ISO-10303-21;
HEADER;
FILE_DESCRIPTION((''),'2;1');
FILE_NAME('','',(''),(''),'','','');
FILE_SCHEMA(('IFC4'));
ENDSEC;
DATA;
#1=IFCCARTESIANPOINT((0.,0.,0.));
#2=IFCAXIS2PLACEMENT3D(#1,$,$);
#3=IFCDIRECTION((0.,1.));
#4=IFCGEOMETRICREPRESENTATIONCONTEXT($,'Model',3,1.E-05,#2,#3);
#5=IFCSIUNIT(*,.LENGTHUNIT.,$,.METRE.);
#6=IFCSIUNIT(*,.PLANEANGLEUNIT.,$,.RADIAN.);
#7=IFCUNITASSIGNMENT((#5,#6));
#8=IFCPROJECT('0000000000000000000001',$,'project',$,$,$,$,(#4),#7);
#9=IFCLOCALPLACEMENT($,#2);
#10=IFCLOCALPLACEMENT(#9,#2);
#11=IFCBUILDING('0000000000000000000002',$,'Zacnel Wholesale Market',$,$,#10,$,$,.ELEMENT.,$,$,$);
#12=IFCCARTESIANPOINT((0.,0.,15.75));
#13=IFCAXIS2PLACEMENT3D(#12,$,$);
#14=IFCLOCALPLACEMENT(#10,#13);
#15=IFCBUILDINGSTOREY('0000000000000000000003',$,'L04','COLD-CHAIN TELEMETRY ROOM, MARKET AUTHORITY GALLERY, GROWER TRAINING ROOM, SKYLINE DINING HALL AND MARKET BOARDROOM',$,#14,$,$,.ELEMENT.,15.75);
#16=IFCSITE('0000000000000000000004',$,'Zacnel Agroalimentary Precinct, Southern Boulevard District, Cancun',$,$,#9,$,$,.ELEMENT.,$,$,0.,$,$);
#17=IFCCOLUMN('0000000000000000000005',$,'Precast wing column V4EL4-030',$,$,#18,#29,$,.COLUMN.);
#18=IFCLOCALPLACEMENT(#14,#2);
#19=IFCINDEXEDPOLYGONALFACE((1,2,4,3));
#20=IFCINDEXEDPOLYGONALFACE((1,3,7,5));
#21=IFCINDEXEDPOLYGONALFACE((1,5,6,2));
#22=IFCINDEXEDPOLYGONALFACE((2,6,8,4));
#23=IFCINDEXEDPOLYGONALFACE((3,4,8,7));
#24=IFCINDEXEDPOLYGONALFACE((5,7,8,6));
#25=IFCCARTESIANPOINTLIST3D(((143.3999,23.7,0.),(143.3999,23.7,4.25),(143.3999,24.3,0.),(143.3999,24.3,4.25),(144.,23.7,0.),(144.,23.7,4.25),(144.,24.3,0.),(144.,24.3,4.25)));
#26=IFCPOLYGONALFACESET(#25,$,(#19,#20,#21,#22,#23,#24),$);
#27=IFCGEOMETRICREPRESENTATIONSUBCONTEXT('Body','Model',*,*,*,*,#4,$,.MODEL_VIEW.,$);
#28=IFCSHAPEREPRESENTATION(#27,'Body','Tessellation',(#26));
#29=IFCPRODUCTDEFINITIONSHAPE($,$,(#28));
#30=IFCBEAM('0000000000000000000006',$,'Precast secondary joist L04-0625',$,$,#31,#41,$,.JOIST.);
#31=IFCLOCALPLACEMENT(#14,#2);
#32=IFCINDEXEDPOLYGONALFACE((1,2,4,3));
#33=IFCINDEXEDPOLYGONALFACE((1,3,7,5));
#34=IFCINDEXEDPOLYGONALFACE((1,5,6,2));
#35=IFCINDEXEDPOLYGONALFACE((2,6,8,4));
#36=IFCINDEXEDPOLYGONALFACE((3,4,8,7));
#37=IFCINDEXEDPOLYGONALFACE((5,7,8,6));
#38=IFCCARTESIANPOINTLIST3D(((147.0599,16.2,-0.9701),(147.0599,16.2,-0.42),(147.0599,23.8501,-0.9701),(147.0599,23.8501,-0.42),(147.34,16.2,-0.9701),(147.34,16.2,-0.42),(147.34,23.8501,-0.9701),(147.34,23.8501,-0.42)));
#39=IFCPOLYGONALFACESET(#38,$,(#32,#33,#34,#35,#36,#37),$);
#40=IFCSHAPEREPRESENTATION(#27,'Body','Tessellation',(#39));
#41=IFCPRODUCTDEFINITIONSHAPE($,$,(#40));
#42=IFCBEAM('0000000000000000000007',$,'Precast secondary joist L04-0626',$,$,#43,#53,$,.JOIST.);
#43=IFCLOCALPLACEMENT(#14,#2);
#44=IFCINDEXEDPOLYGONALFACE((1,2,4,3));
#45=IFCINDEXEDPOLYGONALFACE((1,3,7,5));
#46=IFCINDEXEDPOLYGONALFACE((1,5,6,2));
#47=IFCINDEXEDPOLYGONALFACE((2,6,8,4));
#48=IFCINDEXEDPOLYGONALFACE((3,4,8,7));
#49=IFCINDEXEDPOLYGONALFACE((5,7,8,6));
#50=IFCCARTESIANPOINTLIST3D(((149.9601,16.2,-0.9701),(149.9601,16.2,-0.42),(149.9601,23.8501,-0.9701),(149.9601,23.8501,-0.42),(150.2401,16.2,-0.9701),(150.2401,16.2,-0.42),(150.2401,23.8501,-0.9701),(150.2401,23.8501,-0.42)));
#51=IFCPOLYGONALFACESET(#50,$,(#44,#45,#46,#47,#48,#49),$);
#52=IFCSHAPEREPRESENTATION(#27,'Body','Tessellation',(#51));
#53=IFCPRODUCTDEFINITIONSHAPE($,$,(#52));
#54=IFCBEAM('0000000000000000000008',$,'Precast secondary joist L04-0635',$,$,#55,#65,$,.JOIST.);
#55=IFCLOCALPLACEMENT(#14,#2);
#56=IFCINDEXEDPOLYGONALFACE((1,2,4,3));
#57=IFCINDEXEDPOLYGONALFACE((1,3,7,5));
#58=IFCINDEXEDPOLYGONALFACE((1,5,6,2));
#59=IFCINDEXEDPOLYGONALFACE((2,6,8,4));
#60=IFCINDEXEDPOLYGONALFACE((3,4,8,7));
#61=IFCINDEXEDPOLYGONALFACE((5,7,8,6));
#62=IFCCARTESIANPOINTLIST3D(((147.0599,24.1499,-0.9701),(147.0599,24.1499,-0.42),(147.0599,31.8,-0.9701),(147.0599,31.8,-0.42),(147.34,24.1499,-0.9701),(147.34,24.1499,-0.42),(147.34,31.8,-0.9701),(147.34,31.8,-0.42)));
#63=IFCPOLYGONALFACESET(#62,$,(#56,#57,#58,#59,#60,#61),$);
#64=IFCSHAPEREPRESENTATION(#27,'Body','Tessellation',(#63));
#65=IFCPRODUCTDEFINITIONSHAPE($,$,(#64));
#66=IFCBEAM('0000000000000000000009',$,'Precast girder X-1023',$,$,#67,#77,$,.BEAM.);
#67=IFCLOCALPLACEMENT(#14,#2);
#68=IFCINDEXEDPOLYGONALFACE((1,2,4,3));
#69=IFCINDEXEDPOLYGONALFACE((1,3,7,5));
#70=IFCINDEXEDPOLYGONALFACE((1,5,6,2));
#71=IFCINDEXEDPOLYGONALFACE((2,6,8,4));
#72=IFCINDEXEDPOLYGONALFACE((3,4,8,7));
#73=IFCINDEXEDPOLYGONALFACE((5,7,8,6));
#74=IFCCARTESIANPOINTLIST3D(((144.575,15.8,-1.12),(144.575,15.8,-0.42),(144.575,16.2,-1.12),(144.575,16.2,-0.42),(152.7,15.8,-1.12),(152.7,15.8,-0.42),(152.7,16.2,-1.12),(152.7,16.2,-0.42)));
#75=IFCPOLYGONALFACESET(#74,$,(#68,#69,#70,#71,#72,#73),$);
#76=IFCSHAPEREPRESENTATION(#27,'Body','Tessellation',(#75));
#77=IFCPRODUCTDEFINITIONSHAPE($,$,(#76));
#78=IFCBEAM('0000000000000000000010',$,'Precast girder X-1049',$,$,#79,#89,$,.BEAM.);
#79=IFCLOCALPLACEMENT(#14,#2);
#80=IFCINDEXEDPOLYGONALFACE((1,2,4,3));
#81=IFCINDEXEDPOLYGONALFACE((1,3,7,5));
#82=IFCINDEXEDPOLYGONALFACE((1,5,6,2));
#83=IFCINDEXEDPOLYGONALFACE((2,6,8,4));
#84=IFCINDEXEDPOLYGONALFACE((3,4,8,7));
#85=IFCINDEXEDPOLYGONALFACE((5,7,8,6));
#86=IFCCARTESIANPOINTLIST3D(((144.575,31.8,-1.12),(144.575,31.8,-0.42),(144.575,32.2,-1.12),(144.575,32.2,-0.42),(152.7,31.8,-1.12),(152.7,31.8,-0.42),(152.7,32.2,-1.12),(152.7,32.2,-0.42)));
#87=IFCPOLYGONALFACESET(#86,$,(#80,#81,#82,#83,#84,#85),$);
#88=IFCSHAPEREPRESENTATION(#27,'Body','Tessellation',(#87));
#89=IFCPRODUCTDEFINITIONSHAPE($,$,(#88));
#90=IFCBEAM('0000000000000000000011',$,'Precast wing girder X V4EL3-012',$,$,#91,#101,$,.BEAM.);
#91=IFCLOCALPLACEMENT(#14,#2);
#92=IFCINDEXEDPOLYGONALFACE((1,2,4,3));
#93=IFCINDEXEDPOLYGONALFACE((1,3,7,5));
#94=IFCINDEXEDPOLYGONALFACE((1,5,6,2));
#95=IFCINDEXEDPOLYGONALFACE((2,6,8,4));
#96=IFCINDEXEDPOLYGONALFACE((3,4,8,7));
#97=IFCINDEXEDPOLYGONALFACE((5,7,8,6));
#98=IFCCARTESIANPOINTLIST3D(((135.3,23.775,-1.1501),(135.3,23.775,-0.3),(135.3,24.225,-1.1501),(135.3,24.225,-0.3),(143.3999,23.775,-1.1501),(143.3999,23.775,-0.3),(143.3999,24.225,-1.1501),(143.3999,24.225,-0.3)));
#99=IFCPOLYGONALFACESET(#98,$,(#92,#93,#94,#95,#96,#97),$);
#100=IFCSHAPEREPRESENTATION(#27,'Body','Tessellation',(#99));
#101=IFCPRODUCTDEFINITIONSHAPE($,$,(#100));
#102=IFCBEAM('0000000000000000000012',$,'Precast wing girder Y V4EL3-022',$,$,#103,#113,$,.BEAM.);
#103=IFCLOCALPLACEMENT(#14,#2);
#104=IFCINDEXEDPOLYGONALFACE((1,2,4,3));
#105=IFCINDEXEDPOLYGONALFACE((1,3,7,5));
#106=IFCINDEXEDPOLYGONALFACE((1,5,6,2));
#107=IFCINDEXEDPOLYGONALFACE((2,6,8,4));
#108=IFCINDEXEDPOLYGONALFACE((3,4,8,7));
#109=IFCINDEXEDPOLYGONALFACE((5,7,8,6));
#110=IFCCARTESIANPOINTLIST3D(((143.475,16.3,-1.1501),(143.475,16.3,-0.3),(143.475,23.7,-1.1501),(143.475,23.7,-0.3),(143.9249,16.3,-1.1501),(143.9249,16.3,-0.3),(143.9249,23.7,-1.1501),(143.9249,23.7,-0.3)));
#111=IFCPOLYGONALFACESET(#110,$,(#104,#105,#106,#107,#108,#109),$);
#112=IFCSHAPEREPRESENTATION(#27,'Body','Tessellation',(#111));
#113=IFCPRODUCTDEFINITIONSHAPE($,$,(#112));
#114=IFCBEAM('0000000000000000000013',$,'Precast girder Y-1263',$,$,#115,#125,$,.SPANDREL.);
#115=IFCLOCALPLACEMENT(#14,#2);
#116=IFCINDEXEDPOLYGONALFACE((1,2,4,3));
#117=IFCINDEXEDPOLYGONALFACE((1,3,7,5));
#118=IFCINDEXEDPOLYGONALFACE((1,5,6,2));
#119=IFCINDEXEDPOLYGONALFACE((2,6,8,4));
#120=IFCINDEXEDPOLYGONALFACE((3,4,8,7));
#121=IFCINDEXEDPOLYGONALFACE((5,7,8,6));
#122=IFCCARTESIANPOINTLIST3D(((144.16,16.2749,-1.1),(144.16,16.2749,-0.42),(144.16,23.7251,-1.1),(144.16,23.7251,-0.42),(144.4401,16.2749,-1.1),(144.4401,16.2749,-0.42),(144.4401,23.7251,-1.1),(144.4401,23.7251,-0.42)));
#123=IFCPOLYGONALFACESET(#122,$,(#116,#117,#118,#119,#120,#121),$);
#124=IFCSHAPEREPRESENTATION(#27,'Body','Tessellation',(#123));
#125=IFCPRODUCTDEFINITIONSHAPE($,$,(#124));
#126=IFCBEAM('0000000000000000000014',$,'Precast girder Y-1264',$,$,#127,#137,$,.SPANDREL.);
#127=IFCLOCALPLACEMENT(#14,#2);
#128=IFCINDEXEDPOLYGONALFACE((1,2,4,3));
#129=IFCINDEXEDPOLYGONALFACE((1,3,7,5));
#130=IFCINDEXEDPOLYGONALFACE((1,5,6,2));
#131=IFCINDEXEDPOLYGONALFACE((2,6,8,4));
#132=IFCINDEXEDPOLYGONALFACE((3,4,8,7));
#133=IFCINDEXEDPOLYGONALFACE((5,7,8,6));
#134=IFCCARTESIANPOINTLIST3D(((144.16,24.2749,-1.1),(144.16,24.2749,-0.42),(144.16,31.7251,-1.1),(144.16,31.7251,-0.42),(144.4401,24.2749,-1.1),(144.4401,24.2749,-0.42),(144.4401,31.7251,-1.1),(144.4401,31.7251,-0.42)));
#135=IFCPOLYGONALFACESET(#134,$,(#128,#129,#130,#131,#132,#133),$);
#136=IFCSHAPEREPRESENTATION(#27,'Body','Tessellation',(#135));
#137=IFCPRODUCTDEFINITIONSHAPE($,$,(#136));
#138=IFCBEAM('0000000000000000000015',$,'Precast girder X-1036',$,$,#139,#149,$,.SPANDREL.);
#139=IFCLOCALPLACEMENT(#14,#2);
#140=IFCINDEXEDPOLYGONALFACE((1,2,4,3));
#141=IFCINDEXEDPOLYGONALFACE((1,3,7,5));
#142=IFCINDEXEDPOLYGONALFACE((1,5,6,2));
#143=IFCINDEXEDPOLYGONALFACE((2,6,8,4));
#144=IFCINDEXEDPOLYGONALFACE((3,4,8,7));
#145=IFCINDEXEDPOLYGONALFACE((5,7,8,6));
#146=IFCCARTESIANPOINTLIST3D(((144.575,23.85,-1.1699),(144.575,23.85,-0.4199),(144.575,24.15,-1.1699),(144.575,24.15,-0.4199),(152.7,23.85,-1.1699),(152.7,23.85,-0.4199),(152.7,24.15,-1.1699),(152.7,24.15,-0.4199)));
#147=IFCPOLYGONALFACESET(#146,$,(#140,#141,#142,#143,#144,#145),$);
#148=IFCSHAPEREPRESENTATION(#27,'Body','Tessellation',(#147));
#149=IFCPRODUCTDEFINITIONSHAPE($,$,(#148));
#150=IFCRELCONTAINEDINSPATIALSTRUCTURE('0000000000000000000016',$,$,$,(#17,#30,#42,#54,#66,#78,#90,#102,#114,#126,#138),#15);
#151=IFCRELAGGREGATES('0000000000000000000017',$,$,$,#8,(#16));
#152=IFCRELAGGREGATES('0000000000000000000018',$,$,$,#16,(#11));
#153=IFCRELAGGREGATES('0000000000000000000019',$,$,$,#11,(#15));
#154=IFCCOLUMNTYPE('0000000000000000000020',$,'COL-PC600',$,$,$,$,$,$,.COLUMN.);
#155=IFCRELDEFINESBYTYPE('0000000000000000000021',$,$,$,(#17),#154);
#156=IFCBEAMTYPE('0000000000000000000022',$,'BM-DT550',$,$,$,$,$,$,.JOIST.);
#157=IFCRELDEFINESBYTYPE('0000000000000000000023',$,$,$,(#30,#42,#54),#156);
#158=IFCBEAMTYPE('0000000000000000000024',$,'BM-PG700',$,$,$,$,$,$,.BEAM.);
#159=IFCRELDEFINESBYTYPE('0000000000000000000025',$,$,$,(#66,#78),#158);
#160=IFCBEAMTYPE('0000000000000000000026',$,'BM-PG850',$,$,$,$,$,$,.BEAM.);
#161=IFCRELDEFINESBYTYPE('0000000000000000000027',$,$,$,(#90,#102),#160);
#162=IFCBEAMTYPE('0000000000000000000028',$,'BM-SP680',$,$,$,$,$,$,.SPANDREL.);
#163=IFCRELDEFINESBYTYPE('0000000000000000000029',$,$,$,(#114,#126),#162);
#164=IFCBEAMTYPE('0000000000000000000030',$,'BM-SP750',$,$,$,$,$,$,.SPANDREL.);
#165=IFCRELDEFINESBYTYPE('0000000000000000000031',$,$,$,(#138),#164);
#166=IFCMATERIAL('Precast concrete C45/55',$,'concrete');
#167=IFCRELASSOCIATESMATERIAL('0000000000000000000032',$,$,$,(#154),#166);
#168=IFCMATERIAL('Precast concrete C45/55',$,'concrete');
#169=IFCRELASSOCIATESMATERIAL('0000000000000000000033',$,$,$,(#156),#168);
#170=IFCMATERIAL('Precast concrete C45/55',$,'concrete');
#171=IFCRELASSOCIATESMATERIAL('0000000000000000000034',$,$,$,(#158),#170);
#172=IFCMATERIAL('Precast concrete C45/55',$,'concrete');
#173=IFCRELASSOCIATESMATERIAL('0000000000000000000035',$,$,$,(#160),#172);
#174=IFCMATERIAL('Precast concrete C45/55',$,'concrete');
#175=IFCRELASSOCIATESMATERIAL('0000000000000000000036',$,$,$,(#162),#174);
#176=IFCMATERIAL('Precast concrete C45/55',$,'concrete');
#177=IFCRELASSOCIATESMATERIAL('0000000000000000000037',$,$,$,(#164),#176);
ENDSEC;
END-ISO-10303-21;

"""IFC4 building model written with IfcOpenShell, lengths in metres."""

from ifc_helpers import new_model, si_unit, direction, frame, origin, origin_2d, place, context, subcontext, project, spatial, rectangle, extrude, material, material_profile, profile_set, type_object, element, save


model = new_model("IFC4")

# Units and contexts
model_context = context("Model", 3, precision=1e-05, world=origin(), true_north=direction((0.0, 1.0)))
body_context = subcontext(model_context, "Body", "Model", "MODEL_VIEW")
ifc_project = project(units=[si_unit("LENGTHUNIT", "METRE"), si_unit("PLANEANGLEUNIT", "RADIAN")], contexts=[model_context])

# Site, building, storey
site_placement = place(None, origin())
site = spatial("IfcSite", under=ifc_project, at=site_placement, Name="Zacnel Agroalimentary Precinct, Southern Boulevard District, Cancun", CompositionType="ELEMENT", RefElevation=0.0)
building_placement = place(site_placement, origin())
building = spatial("IfcBuilding", under=site, at=building_placement, Name="Zacnel Wholesale Market", CompositionType="ELEMENT")
storey_placement = place(building_placement, frame((0.0, 0.0, 15.75)))
storey = spatial("IfcBuildingStorey", under=building, at=storey_placement, Name="L04", Description="COLD-CHAIN TELEMETRY ROOM, MARKET AUTHORITY GALLERY, GROWER TRAINING ROOM, SKYLINE DINING HALL AND MARKET BOARDROOM", CompositionType="ELEMENT", Elevation=15.75)

# Column
ifc_material_1 = material(Name="Precast concrete C45/55", Category="concrete")
ifc_material_profile_1 = material_profile(ifc_material_1, rectangle(XDim=0.6001, YDim=0.6001, at=origin_2d()), Name="PC 600x600")
ifc_profile_set_1 = profile_set([ifc_material_profile_1], Name="Precast concrete C45/55")
column_type = type_object("IfcColumnType", Name="COL-PC600", PredefinedType="COLUMN", material=ifc_profile_set_1)
column_placement = place(storey_placement, frame((143.7, 24.0, 0.0), z_axis=(0.0, 0.0, 1.0), x_axis=(1.0, 0.0, 0.0)))
element("IfcColumn", 1, at=column_placement, inside=storey, type_object=column_type, Name="Precast wing column V4EL4-030", PredefinedType="COLUMN", context=body_context, shape_type="SweptSolid", body=[
    extrude(rectangle(XDim=0.6001, YDim=0.6001, at=origin_2d()), origin(), (0.0, 0.0, 1.0), 4.25),
])

# Beams
ifc_material_2 = material(Name="Precast concrete C45/55", Category="concrete")
ifc_material_profile_2 = material_profile(ifc_material_2, rectangle(XDim=0.28, YDim=0.55, at=origin_2d()), Name="DT RIB 280x550")
ifc_profile_set_2 = profile_set([ifc_material_profile_2], Name="Precast concrete C45/55")
beam_type_1 = type_object("IfcBeamType", Name="BM-DT550", PredefinedType="JOIST", material=ifc_profile_set_2)
for number, where, z_axis, x_axis, name in (
    (2, (147.2, 16.2, -0.6951), (0.0, 1.0, 0.0), (-1.0, 0.0, 0.0), "Precast secondary joist L04-0625"),
    (3, (150.1001, 16.2, -0.6951), (0.0, 1.0, 0.0), (-1.0, 0.0, 0.0), "Precast secondary joist L04-0626"),
    (4, (147.2, 24.1499, -0.6951), (0.0, 1.0, 0.0), (-1.0, 0.0, 0.0), "Precast secondary joist L04-0635"),
):
    element("IfcBeam", number, at=place(storey_placement, frame(where, z_axis=z_axis, x_axis=x_axis)), inside=storey, type_object=beam_type_1, Name=name, PredefinedType="JOIST", context=body_context, shape_type="SweptSolid", body=[
        extrude(rectangle(XDim=0.28, YDim=0.55, at=origin_2d()), origin(), (0.0, 0.0, 1.0), 7.6501),
    ])
ifc_material_3 = material(Name="Precast concrete C45/55", Category="concrete")
ifc_material_profile_3 = material_profile(ifc_material_3, rectangle(XDim=0.3999, YDim=0.7, at=origin_2d()), Name="PG 400x700")
ifc_profile_set_3 = profile_set([ifc_material_profile_3], Name="Precast concrete C45/55")
beam_type_2 = type_object("IfcBeamType", Name="BM-PG700", PredefinedType="BEAM", material=ifc_profile_set_3)
for number, where, z_axis, x_axis, name in (
    (5, (144.575, 16.0, -0.77), (1.0, 0.0, 0.0), (0.0, 1.0, 0.0), "Precast girder X-1023"),
    (6, (144.575, 32.0, -0.77), (1.0, 0.0, 0.0), (0.0, 1.0, 0.0), "Precast girder X-1049"),
):
    element("IfcBeam", number, at=place(storey_placement, frame(where, z_axis=z_axis, x_axis=x_axis)), inside=storey, type_object=beam_type_2, Name=name, PredefinedType="BEAM", context=body_context, shape_type="SweptSolid", body=[
        extrude(rectangle(XDim=0.3999, YDim=0.7, at=origin_2d()), origin(), (0.0, 0.0, 1.0), 8.125),
    ])
ifc_material_4 = material(Name="Precast concrete C45/55", Category="concrete")
ifc_material_profile_4 = material_profile(ifc_material_4, rectangle(XDim=0.45, YDim=0.8501, at=origin_2d()), Name="PG 450x850")
ifc_profile_set_4 = profile_set([ifc_material_profile_4], Name="Precast concrete C45/55")
beam_type_3 = type_object("IfcBeamType", Name="BM-PG850", PredefinedType="BEAM", material=ifc_profile_set_4)
beam_1_placement = place(storey_placement, frame((135.3, 24.0, -0.7251), z_axis=(1.0, 0.0, 0.0), x_axis=(0.0, 1.0, 0.0)))
element("IfcBeam", 7, at=beam_1_placement, inside=storey, type_object=beam_type_3, Name="Precast wing girder X V4EL3-012", PredefinedType="BEAM", context=body_context, shape_type="SweptSolid", body=[
    extrude(rectangle(XDim=0.45, YDim=0.8501, at=origin_2d()), origin(), (0.0, 0.0, 1.0), 8.0999),
])
beam_2_placement = place(storey_placement, frame((143.7, 16.3, -0.7251), z_axis=(0.0, 1.0, 0.0), x_axis=(-1.0, 0.0, 0.0)))
element("IfcBeam", 8, at=beam_2_placement, inside=storey, type_object=beam_type_3, Name="Precast wing girder Y V4EL3-022", PredefinedType="BEAM", context=body_context, shape_type="SweptSolid", body=[
    extrude(rectangle(XDim=0.45, YDim=0.8501, at=origin_2d()), origin(), (0.0, 0.0, 1.0), 7.3999),
])
ifc_material_5 = material(Name="Precast concrete C45/55", Category="concrete")
ifc_material_profile_5 = material_profile(ifc_material_5, rectangle(XDim=0.28, YDim=0.6799, at=origin_2d()), Name="SP 280x680")
ifc_profile_set_5 = profile_set([ifc_material_profile_5], Name="Precast concrete C45/55")
beam_type_4 = type_object("IfcBeamType", Name="BM-SP680", PredefinedType="SPANDREL", material=ifc_profile_set_5)
for number, where, z_axis, x_axis, name in (
    (9, (144.3, 16.2749, -0.76), (0.0, 1.0, 0.0), (-1.0, 0.0, 0.0), "Precast girder Y-1263"),
    (10, (144.3, 24.2749, -0.76), (0.0, 1.0, 0.0), (-1.0, 0.0, 0.0), "Precast girder Y-1264"),
):
    element("IfcBeam", number, at=place(storey_placement, frame(where, z_axis=z_axis, x_axis=x_axis)), inside=storey, type_object=beam_type_4, Name=name, PredefinedType="SPANDREL", context=body_context, shape_type="SweptSolid", body=[
        extrude(rectangle(XDim=0.28, YDim=0.6799, at=origin_2d()), origin(), (0.0, 0.0, 1.0), 7.4502),
    ])
ifc_material_6 = material(Name="Precast concrete C45/55", Category="concrete")
ifc_material_profile_6 = material_profile(ifc_material_6, rectangle(XDim=0.3, YDim=0.75, at=origin_2d()), Name="SP 300x750")
ifc_profile_set_6 = profile_set([ifc_material_profile_6], Name="Precast concrete C45/55")
beam_type_5 = type_object("IfcBeamType", Name="BM-SP750", PredefinedType="SPANDREL", material=ifc_profile_set_6)
beam_3_placement = place(storey_placement, frame((144.575, 24.0, -0.7949), z_axis=(1.0, 0.0, 0.0), x_axis=(0.0, 1.0, 0.0)))
element("IfcBeam", 11, at=beam_3_placement, inside=storey, type_object=beam_type_5, Name="Precast girder X-1036", PredefinedType="SPANDREL", context=body_context, shape_type="SweptSolid", body=[
    extrude(rectangle(XDim=0.3, YDim=0.75, at=origin_2d()), origin(), (0.0, 0.0, 1.0), 8.125),
])

save(model, "model.ifc")
